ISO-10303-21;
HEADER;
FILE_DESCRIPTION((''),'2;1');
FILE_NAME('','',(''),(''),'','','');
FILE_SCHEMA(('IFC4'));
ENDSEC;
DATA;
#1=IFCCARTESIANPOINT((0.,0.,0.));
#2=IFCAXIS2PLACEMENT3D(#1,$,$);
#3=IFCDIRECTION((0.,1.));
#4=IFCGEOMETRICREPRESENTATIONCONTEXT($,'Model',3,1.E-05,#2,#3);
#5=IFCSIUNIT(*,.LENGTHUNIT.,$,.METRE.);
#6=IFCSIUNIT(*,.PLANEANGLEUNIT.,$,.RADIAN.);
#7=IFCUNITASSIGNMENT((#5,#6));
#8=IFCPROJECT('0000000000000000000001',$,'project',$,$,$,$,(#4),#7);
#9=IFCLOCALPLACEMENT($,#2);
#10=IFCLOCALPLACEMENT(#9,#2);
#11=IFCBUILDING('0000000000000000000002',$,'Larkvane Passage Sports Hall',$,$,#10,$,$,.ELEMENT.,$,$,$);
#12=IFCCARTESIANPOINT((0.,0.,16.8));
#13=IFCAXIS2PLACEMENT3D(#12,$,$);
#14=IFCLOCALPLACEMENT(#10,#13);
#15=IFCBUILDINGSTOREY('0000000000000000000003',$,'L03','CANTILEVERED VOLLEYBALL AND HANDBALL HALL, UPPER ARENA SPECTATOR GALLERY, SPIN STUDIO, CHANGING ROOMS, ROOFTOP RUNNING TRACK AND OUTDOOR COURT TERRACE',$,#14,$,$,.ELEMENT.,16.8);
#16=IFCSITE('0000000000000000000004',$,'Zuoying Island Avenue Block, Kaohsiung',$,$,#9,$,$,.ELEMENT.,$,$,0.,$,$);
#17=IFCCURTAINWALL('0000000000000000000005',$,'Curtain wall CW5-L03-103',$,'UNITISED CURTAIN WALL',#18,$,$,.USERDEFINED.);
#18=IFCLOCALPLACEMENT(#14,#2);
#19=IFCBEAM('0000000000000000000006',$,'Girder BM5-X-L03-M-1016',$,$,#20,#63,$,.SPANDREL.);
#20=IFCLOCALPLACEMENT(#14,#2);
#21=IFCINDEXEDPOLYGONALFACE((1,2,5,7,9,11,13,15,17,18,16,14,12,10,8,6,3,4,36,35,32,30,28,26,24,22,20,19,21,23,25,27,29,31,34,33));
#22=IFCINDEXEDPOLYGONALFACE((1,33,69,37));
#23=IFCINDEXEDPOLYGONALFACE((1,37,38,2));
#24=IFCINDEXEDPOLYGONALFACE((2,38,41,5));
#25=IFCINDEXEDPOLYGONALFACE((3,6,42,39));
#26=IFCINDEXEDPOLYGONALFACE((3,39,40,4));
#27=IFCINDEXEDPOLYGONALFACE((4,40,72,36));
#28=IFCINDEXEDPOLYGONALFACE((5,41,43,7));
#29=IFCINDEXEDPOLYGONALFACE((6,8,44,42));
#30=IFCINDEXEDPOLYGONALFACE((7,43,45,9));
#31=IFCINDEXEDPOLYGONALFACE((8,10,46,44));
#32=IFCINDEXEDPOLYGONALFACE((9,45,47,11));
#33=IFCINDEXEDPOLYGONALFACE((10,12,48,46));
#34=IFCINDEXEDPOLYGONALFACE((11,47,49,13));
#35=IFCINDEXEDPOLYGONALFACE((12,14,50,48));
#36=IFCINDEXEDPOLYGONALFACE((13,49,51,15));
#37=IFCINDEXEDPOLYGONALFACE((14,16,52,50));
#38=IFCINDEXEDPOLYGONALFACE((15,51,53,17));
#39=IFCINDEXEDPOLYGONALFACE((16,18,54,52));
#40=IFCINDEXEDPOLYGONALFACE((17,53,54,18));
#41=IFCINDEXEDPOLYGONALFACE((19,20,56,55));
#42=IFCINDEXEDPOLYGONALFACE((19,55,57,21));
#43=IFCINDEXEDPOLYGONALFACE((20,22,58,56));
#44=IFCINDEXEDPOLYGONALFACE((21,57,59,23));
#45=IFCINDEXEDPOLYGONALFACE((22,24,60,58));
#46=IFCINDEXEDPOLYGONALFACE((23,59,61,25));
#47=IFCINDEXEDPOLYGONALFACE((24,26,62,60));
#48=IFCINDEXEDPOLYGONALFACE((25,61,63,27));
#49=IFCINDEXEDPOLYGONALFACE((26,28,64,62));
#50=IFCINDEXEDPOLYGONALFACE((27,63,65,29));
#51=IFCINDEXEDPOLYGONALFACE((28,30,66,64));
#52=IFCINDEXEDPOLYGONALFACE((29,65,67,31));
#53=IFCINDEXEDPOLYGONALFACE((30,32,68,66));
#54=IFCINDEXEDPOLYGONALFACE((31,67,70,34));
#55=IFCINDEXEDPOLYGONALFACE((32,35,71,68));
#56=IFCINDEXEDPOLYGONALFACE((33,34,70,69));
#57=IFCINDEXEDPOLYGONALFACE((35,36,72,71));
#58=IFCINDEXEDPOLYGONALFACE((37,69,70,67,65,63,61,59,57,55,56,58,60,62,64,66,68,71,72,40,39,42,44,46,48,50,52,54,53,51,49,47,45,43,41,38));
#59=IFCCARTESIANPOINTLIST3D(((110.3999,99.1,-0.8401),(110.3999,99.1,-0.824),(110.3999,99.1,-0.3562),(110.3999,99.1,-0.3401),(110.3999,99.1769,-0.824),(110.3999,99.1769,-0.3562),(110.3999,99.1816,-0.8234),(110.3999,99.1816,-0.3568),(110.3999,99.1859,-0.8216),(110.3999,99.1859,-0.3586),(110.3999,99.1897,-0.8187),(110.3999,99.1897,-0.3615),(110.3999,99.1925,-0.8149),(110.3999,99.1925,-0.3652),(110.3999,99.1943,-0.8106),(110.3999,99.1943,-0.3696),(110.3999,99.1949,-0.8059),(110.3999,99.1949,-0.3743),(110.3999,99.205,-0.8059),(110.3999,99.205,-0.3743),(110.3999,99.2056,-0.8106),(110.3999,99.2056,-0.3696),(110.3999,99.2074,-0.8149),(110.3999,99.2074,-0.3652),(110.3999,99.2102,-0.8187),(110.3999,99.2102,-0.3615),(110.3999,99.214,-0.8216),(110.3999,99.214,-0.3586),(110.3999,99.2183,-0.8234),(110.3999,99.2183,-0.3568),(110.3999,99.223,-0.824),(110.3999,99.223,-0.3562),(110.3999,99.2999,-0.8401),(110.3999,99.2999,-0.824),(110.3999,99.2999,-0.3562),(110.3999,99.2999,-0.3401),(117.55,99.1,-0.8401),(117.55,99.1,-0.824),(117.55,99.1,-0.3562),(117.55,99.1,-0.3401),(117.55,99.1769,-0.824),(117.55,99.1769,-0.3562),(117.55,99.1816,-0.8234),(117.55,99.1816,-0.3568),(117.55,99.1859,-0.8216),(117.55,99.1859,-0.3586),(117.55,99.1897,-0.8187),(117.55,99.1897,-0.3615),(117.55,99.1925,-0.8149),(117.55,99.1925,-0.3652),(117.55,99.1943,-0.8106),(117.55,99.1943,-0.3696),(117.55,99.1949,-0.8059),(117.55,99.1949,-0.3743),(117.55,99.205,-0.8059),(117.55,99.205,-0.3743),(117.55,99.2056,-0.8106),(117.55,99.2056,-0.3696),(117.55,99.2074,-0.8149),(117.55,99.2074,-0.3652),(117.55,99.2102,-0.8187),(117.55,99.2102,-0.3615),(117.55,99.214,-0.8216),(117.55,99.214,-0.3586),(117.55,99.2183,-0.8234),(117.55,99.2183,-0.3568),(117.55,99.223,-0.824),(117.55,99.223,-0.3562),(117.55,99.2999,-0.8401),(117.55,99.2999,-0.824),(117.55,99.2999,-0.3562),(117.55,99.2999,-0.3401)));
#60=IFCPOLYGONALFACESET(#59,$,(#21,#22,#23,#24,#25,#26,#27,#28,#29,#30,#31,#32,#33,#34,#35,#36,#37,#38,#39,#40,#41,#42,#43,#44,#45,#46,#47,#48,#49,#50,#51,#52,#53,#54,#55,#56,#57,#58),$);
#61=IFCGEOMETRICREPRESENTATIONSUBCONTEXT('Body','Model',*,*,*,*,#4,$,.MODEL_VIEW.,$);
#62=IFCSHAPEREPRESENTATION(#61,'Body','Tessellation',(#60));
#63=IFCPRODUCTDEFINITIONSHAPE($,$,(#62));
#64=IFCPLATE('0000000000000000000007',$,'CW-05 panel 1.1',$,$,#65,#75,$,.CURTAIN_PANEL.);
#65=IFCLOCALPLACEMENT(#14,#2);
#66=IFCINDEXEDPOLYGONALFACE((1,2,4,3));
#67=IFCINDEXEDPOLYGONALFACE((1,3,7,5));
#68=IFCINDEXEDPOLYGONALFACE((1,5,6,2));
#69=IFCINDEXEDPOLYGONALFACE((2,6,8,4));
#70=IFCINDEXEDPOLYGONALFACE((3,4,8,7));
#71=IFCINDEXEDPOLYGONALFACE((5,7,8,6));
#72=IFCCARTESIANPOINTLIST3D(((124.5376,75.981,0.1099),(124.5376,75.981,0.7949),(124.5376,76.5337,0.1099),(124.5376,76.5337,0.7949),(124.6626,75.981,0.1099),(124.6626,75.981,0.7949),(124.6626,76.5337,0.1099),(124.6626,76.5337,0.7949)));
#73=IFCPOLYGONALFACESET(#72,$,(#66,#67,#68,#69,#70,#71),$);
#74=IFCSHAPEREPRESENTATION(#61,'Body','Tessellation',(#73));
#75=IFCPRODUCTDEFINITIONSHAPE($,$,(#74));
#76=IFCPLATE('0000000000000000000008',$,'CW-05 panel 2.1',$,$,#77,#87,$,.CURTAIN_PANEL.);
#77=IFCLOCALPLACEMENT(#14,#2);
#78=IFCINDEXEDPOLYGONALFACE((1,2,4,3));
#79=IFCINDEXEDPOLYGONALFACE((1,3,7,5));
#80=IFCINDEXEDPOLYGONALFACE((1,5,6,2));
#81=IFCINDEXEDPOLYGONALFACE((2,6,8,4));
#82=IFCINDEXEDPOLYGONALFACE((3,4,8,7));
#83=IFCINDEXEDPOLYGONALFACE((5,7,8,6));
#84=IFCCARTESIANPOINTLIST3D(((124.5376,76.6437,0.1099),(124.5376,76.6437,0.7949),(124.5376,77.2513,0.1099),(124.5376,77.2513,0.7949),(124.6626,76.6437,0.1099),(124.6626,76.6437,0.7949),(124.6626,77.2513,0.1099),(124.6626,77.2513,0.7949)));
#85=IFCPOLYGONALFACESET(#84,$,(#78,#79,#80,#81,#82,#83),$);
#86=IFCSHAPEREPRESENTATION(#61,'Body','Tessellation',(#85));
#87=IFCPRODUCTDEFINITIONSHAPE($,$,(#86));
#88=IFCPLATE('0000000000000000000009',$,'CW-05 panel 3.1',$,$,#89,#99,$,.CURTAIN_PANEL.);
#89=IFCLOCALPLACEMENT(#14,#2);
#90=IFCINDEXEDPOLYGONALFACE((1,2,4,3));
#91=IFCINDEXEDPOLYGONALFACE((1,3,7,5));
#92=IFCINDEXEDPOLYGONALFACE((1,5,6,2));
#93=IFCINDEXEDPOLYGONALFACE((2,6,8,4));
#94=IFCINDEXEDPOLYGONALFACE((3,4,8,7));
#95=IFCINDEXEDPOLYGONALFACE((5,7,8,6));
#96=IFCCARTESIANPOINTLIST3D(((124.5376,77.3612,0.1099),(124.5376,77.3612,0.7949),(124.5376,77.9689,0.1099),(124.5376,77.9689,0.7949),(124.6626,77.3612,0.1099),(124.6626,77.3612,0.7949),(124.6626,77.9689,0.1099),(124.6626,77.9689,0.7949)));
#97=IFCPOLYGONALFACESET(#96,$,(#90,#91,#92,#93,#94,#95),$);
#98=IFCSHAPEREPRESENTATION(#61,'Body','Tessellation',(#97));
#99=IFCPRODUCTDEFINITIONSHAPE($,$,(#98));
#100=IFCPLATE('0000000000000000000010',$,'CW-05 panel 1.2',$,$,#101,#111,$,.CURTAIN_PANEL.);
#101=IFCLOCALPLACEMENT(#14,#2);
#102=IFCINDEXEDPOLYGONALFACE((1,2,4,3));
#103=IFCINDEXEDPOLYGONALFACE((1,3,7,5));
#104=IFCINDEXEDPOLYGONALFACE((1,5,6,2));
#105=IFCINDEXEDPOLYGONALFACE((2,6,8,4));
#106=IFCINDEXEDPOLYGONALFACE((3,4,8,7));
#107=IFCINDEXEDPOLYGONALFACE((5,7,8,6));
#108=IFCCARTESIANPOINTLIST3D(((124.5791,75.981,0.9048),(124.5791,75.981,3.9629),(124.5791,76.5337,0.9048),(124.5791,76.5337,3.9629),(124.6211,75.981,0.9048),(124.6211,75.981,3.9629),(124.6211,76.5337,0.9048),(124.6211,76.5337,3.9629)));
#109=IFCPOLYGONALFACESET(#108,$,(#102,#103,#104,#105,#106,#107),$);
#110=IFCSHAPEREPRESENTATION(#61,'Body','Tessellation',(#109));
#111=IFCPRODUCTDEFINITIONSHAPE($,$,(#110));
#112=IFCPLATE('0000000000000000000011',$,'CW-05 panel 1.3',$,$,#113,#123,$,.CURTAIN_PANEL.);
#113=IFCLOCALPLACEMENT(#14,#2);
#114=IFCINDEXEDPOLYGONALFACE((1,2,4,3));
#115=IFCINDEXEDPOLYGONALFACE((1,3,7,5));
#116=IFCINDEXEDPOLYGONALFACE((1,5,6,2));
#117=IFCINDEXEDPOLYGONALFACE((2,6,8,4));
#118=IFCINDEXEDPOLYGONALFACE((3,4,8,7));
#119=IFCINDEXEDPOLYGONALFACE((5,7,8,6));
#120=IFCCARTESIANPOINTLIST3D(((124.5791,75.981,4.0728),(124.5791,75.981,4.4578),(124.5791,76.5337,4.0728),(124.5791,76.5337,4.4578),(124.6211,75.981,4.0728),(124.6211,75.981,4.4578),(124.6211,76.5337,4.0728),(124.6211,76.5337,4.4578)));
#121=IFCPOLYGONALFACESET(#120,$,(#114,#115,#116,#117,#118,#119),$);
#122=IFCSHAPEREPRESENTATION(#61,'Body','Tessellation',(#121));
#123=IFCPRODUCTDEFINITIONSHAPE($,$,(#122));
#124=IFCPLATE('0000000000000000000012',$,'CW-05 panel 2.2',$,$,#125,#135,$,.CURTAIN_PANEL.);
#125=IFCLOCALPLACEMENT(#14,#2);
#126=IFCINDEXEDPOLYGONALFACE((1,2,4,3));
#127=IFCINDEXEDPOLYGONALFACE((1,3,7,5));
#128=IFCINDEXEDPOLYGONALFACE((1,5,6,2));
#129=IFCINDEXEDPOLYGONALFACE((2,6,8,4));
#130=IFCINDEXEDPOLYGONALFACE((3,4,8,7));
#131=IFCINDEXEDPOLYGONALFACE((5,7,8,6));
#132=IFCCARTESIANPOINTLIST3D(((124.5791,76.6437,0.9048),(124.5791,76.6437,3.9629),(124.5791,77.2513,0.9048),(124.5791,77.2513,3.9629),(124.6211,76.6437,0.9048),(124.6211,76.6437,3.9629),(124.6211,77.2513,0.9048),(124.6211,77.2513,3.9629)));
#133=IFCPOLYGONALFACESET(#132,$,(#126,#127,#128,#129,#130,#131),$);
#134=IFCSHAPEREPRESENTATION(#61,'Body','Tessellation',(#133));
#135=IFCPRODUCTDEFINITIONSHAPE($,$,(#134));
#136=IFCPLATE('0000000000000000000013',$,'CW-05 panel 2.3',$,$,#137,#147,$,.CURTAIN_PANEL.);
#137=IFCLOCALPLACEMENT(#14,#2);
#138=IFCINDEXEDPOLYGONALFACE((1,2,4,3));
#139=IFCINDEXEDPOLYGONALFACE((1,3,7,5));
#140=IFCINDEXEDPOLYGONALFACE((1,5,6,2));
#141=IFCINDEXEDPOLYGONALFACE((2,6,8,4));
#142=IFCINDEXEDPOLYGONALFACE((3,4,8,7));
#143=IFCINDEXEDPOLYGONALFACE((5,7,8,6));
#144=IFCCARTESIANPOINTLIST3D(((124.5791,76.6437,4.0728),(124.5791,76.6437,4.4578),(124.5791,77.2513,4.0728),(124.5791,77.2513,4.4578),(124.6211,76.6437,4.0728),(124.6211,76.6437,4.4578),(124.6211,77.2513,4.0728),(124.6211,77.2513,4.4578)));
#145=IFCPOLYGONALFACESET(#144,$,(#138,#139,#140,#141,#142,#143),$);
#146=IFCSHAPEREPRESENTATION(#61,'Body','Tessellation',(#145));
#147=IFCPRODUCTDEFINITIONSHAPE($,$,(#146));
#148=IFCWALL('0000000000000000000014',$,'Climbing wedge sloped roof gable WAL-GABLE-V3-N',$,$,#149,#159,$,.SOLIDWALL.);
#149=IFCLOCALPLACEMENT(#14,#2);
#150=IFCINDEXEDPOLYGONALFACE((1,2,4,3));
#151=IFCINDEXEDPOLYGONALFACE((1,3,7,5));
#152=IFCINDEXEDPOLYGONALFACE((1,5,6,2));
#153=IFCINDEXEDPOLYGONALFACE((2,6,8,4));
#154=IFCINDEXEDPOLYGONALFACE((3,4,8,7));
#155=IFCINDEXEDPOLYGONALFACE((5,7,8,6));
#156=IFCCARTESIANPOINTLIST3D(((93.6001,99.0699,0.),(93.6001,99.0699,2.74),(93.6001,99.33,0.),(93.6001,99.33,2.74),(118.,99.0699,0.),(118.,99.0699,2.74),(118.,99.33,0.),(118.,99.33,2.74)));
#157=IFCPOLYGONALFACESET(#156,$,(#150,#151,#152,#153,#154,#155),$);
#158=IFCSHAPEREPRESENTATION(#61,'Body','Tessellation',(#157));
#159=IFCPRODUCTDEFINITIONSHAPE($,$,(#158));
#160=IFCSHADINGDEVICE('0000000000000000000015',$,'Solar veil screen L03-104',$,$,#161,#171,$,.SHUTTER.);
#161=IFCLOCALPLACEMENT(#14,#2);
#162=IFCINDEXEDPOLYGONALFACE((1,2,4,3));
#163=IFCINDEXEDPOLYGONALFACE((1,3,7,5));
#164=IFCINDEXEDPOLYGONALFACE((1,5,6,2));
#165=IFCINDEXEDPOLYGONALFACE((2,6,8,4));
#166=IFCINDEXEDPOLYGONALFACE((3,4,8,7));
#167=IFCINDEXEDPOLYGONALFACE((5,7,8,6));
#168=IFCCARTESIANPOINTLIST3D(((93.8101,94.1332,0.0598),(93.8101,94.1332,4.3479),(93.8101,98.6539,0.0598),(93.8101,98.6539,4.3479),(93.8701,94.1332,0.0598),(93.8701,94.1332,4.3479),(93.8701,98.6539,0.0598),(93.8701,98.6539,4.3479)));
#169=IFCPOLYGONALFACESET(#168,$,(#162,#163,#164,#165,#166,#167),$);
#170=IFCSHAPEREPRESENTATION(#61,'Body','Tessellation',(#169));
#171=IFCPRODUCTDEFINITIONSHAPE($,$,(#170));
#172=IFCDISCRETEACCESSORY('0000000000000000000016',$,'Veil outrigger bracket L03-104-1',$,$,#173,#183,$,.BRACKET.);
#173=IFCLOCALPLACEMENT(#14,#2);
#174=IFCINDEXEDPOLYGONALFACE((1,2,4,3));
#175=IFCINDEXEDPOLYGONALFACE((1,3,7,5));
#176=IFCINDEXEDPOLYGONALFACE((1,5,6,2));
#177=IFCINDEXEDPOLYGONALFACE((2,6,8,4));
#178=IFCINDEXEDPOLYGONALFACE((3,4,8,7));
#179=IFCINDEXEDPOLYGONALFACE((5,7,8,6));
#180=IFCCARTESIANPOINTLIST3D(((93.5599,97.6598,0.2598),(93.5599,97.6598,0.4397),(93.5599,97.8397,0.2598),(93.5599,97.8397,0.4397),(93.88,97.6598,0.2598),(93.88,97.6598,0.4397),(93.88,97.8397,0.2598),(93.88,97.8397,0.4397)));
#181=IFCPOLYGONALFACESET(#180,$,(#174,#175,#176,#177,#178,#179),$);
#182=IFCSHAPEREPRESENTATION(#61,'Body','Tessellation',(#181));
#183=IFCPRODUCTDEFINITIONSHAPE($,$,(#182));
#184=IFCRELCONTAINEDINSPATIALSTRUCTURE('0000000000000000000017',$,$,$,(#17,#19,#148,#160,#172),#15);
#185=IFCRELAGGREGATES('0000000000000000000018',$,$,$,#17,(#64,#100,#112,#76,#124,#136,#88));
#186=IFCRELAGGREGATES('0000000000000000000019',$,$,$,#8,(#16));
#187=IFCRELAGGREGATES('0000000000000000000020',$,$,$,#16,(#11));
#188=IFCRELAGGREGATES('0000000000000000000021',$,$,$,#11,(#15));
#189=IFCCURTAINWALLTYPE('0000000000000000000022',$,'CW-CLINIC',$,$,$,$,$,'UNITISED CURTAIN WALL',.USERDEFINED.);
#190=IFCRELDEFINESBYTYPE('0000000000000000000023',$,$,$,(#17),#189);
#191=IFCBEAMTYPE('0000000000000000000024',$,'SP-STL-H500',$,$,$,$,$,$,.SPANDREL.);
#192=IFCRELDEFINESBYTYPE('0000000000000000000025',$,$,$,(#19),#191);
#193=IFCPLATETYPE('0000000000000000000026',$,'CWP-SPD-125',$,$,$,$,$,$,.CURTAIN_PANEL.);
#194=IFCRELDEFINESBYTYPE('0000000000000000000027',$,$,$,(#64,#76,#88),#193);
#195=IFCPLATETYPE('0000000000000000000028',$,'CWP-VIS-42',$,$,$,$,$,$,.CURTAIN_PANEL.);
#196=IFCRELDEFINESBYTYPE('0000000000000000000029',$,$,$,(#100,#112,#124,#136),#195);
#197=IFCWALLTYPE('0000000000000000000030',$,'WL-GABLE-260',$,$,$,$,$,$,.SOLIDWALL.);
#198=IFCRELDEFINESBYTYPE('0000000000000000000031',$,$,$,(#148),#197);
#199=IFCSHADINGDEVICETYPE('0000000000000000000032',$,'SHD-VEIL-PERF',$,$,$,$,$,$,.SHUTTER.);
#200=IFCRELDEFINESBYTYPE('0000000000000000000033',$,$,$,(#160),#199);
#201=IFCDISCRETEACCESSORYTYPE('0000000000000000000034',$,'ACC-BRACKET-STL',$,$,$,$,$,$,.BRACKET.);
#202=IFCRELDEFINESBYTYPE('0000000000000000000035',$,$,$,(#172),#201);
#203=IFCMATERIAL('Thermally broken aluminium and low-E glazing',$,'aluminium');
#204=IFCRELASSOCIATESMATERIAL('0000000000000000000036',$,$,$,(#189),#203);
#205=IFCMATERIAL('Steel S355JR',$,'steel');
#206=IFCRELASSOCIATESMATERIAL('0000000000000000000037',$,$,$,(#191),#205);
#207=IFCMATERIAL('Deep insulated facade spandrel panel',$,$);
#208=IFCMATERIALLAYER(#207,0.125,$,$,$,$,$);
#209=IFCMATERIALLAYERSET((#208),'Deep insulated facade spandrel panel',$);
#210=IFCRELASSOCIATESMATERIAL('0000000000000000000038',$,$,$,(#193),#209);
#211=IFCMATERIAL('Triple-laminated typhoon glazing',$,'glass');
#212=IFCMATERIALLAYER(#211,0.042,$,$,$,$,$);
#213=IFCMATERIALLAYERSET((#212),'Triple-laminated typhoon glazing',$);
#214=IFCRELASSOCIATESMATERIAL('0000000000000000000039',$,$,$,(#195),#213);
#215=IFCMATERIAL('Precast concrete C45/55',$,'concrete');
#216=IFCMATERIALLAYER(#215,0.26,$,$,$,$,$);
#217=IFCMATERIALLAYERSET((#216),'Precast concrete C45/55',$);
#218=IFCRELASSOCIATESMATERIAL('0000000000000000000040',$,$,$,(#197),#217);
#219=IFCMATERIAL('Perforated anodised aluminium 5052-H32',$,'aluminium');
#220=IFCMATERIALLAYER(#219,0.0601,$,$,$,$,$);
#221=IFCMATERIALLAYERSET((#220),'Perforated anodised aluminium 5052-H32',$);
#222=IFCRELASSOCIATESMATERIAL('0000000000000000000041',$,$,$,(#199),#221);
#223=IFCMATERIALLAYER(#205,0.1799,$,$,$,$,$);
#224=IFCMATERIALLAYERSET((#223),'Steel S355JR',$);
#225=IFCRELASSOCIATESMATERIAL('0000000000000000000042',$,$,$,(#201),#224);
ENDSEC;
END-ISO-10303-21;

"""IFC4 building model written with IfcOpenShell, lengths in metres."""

from ifc_helpers import new_model, si_unit, direction, frame, frame_2d, origin, origin_2d, place, context, subcontext, project, spatial, rectangle, i_section, extrude, material, layer, layer_set, material_profile, profile_set, type_object, element, aggregate, save


model = new_model("IFC4")

# Units and contexts
model_context = context("Model", 3, precision=1e-05, world=origin(), true_north=direction((0.0, 1.0)))
body_context = subcontext(model_context, "Body", "Model", "MODEL_VIEW")
ifc_project = project(units=[si_unit("LENGTHUNIT", "METRE"), si_unit("PLANEANGLEUNIT", "RADIAN")], contexts=[model_context])

# Site, building, storey
site_placement = place(None, origin())
site = spatial("IfcSite", under=ifc_project, at=site_placement, Name="Zuoying Island Avenue Block, Kaohsiung", CompositionType="ELEMENT", RefElevation=0.0)
building_placement = place(site_placement, origin())
building = spatial("IfcBuilding", under=site, at=building_placement, Name="Larkvane Passage Sports Hall", CompositionType="ELEMENT")
storey_placement = place(building_placement, frame((0.0, 0.0, 16.8)))
storey = spatial("IfcBuildingStorey", under=building, at=storey_placement, Name="L03", Description="CANTILEVERED VOLLEYBALL AND HANDBALL HALL, UPPER ARENA SPECTATOR GALLERY, SPIN STUDIO, CHANGING ROOMS, ROOFTOP RUNNING TRACK AND OUTDOOR COURT TERRACE", CompositionType="ELEMENT", Elevation=16.8)

# Shared definitions
ifc_material_1 = material(Name="Steel S355JR", Category="steel")

# Curtain wall
ifc_material_2 = material(Name="Thermally broken aluminium and low-E glazing", Category="aluminium")
curtain_wall_type = type_object("IfcCurtainWallType", Name="CW-CLINIC", ElementType="UNITISED CURTAIN WALL", PredefinedType="USERDEFINED", material=ifc_material_2)
curtain_wall_placement = place(storey_placement, origin())
curtain_wall = element("IfcCurtainWall", 1, at=curtain_wall_placement, inside=storey, type_object=curtain_wall_type, Name="Curtain wall CW5-L03-103", ObjectType="UNITISED CURTAIN WALL", PredefinedType="USERDEFINED")

# Beam
ifc_material_profile_1 = material_profile(ifc_material_1, i_section(OverallWidth=0.2, OverallDepth=0.5, WebThickness=0.01, FlangeThickness=0.0161, FilletRadius=0.0181, at=origin_2d()), Name="H-500x200x10x16")
ifc_profile_set_1 = profile_set([ifc_material_profile_1], Name="Steel S355JR")
beam_type_1 = type_object("IfcBeamType", Name="SP-STL-H500", PredefinedType="SPANDREL", material=ifc_profile_set_1)
beam_1_placement = place(storey_placement, frame((110.3999, 99.2, -0.5901), z_axis=(1.0, 0.0, 0.0), x_axis=(0.0, 1.0, 0.0)))
element("IfcBeam", 2, at=beam_1_placement, inside=storey, type_object=beam_type_1, Name="Girder BM5-X-L03-M-1016", PredefinedType="SPANDREL", context=body_context, shape_type="SweptSolid", body=[
    extrude(i_section(OverallWidth=0.2, OverallDepth=0.5, WebThickness=0.01, FlangeThickness=0.0161, FilletRadius=0.0181, at=origin_2d()), origin(), (0.0, 0.0, 1.0), 7.1501),
])

# Plates
ifc_material_3 = material(Name="Deep insulated facade spandrel panel")
ifc_layer_1 = layer(ifc_material_3, 0.125)
ifc_layer_set_1 = layer_set([ifc_layer_1], Name="Deep insulated facade spandrel panel")
plate_type_1 = type_object("IfcPlateType", Name="CWP-SPD-125", PredefinedType="CURTAIN_PANEL", material=ifc_layer_set_1)
plate_1_placement = place(storey_placement, frame((124.6001, 76.2573, 0.1099), z_axis=(0.0, 0.0, 1.0), x_axis=(0.0, 1.0, 0.0)))
plate_1 = element("IfcPlate", 3, at=plate_1_placement, type_object=plate_type_1, Name="CW-05 panel 1.1", PredefinedType="CURTAIN_PANEL", context=body_context, shape_type="SweptSolid", body=[
    extrude(rectangle(XDim=0.5527, YDim=0.125, at=origin_2d()), origin(), (0.0, 0.0, 1.0), 0.6851),
])
plate_2_placement = place(storey_placement, frame((124.6001, 76.9475, 0.1099), z_axis=(0.0, 0.0, 1.0), x_axis=(0.0, 1.0, 0.0)))
plate_2 = element("IfcPlate", 4, at=plate_2_placement, type_object=plate_type_1, Name="CW-05 panel 2.1", PredefinedType="CURTAIN_PANEL", context=body_context, shape_type="SweptSolid", body=[
    extrude(rectangle(XDim=0.6077, YDim=0.125, at=origin_2d()), origin(), (0.0, 0.0, 1.0), 0.6851),
])
plate_3_placement = place(storey_placement, frame((124.6001, 77.665, 0.1099), z_axis=(0.0, 0.0, 1.0), x_axis=(0.0, 1.0, 0.0)))
plate_3 = element("IfcPlate", 5, at=plate_3_placement, type_object=plate_type_1, Name="CW-05 panel 3.1", PredefinedType="CURTAIN_PANEL", context=body_context, shape_type="SweptSolid", body=[
    extrude(rectangle(XDim=0.6077, YDim=0.125, at=origin_2d()), origin(), (0.0, 0.0, 1.0), 0.6851),
])
ifc_material_4 = material(Name="Triple-laminated typhoon glazing", Category="glass")
ifc_layer_2 = layer(ifc_material_4, 0.042)
ifc_layer_set_2 = layer_set([ifc_layer_2], Name="Triple-laminated typhoon glazing")
plate_type_2 = type_object("IfcPlateType", Name="CWP-VIS-42", PredefinedType="CURTAIN_PANEL", material=ifc_layer_set_2)
plate_4_placement = place(storey_placement, frame((124.6001, 76.2573, 0.9048), z_axis=(0.0, 0.0, 1.0), x_axis=(0.0, 1.0, 0.0)))
plate_4 = element("IfcPlate", 6, at=plate_4_placement, type_object=plate_type_2, Name="CW-05 panel 1.2", PredefinedType="CURTAIN_PANEL", context=body_context, shape_type="SweptSolid", body=[
    extrude(rectangle(XDim=0.5527, YDim=0.042, at=origin_2d()), origin(), (0.0, 0.0, 1.0), 3.0581),
])
plate_5_placement = place(storey_placement, frame((124.6001, 76.2573, 4.0728), z_axis=(0.0, 0.0, 1.0), x_axis=(0.0, 1.0, 0.0)))
plate_5 = element("IfcPlate", 7, at=plate_5_placement, type_object=plate_type_2, Name="CW-05 panel 1.3", PredefinedType="CURTAIN_PANEL", context=body_context, shape_type="SweptSolid", body=[
    extrude(rectangle(XDim=0.5527, YDim=0.042, at=origin_2d()), origin(), (0.0, 0.0, 1.0), 0.385),
])
plate_6_placement = place(storey_placement, frame((124.6001, 76.9475, 0.9048), z_axis=(0.0, 0.0, 1.0), x_axis=(0.0, 1.0, 0.0)))
plate_6 = element("IfcPlate", 8, at=plate_6_placement, type_object=plate_type_2, Name="CW-05 panel 2.2", PredefinedType="CURTAIN_PANEL", context=body_context, shape_type="SweptSolid", body=[
    extrude(rectangle(XDim=0.6077, YDim=0.042, at=origin_2d()), origin(), (0.0, 0.0, 1.0), 3.0581),
])
plate_7_placement = place(storey_placement, frame((124.6001, 76.9475, 4.0728), z_axis=(0.0, 0.0, 1.0), x_axis=(0.0, 1.0, 0.0)))
plate_7 = element("IfcPlate", 9, at=plate_7_placement, type_object=plate_type_2, Name="CW-05 panel 2.3", PredefinedType="CURTAIN_PANEL", context=body_context, shape_type="SweptSolid", body=[
    extrude(rectangle(XDim=0.6077, YDim=0.042, at=origin_2d()), origin(), (0.0, 0.0, 1.0), 0.385),
])
aggregate(curtain_wall, [plate_1, plate_4, plate_5, plate_2, plate_6, plate_7, plate_3])

# Wall
ifc_material_5 = material(Name="Precast concrete C45/55", Category="concrete")
ifc_layer_3 = layer(ifc_material_5, 0.26)
ifc_layer_set_3 = layer_set([ifc_layer_3], Name="Precast concrete C45/55")
wall_type = type_object("IfcWallType", Name="WL-GABLE-260", PredefinedType="SOLIDWALL", material=ifc_layer_set_3)
wall_placement = place(storey_placement, frame((118.0, 99.2, 0.0), z_axis=(0.0, 0.0, 1.0), x_axis=(-1.0, 0.0, 0.0)))
element("IfcWall", 10, at=wall_placement, inside=storey, type_object=wall_type, Name="Climbing wedge sloped roof gable WAL-GABLE-V3-N", PredefinedType="SOLIDWALL", context=body_context, shape_type="SweptSolid", body=[
    extrude(rectangle(XDim=24.3999, YDim=0.26, at=frame_2d((12.2, 0.0))), origin(), (0.0, 0.0, 1.0), 2.74),
])

# Shading device
ifc_material_6 = material(Name="Perforated anodised aluminium 5052-H32", Category="aluminium")
ifc_layer_4 = layer(ifc_material_6, 0.0601)
ifc_layer_set_4 = layer_set([ifc_layer_4], Name="Perforated anodised aluminium 5052-H32")
shading_device_type = type_object("IfcShadingDeviceType", Name="SHD-VEIL-PERF", PredefinedType="SHUTTER", material=ifc_layer_set_4)
shading_device_placement = place(storey_placement, frame((93.8401, 96.3936, 0.0598), z_axis=(0.0, 0.0, 1.0), x_axis=(0.0, -1.0, 0.0)))
element("IfcShadingDevice", 11, at=shading_device_placement, inside=storey, type_object=shading_device_type, Name="Solar veil screen L03-104", PredefinedType="SHUTTER", context=body_context, shape_type="SweptSolid", body=[
    extrude(rectangle(XDim=4.5208, YDim=0.0601, at=origin_2d()), origin(), (0.0, 0.0, 1.0), 4.2881),
])

# Discrete accessory
ifc_layer_5 = layer(ifc_material_1, 0.1799)
ifc_layer_set_5 = layer_set([ifc_layer_5], Name="Steel S355JR")
discrete_accessory_type = type_object("IfcDiscreteAccessoryType", Name="ACC-BRACKET-STL", PredefinedType="BRACKET", material=ifc_layer_set_5)
for number, where, z_axis, x_axis, name in (
    (12, (93.72, 97.7498, 0.2598), (0.0, 0.0, 1.0), (0.0, -1.0, 0.0), "Veil outrigger bracket L03-104-1"),
):
    element("IfcDiscreteAccessory", number, at=place(storey_placement, frame(where, z_axis=z_axis, x_axis=x_axis)), inside=storey, type_object=discrete_accessory_type, Name=name, PredefinedType="BRACKET", context=body_context, shape_type="SweptSolid", body=[
        extrude(rectangle(XDim=0.1799, YDim=0.3201, at=origin_2d()), origin(), (0.0, 0.0, 1.0), 0.1799),
    ])

save(model, "model.ifc")
